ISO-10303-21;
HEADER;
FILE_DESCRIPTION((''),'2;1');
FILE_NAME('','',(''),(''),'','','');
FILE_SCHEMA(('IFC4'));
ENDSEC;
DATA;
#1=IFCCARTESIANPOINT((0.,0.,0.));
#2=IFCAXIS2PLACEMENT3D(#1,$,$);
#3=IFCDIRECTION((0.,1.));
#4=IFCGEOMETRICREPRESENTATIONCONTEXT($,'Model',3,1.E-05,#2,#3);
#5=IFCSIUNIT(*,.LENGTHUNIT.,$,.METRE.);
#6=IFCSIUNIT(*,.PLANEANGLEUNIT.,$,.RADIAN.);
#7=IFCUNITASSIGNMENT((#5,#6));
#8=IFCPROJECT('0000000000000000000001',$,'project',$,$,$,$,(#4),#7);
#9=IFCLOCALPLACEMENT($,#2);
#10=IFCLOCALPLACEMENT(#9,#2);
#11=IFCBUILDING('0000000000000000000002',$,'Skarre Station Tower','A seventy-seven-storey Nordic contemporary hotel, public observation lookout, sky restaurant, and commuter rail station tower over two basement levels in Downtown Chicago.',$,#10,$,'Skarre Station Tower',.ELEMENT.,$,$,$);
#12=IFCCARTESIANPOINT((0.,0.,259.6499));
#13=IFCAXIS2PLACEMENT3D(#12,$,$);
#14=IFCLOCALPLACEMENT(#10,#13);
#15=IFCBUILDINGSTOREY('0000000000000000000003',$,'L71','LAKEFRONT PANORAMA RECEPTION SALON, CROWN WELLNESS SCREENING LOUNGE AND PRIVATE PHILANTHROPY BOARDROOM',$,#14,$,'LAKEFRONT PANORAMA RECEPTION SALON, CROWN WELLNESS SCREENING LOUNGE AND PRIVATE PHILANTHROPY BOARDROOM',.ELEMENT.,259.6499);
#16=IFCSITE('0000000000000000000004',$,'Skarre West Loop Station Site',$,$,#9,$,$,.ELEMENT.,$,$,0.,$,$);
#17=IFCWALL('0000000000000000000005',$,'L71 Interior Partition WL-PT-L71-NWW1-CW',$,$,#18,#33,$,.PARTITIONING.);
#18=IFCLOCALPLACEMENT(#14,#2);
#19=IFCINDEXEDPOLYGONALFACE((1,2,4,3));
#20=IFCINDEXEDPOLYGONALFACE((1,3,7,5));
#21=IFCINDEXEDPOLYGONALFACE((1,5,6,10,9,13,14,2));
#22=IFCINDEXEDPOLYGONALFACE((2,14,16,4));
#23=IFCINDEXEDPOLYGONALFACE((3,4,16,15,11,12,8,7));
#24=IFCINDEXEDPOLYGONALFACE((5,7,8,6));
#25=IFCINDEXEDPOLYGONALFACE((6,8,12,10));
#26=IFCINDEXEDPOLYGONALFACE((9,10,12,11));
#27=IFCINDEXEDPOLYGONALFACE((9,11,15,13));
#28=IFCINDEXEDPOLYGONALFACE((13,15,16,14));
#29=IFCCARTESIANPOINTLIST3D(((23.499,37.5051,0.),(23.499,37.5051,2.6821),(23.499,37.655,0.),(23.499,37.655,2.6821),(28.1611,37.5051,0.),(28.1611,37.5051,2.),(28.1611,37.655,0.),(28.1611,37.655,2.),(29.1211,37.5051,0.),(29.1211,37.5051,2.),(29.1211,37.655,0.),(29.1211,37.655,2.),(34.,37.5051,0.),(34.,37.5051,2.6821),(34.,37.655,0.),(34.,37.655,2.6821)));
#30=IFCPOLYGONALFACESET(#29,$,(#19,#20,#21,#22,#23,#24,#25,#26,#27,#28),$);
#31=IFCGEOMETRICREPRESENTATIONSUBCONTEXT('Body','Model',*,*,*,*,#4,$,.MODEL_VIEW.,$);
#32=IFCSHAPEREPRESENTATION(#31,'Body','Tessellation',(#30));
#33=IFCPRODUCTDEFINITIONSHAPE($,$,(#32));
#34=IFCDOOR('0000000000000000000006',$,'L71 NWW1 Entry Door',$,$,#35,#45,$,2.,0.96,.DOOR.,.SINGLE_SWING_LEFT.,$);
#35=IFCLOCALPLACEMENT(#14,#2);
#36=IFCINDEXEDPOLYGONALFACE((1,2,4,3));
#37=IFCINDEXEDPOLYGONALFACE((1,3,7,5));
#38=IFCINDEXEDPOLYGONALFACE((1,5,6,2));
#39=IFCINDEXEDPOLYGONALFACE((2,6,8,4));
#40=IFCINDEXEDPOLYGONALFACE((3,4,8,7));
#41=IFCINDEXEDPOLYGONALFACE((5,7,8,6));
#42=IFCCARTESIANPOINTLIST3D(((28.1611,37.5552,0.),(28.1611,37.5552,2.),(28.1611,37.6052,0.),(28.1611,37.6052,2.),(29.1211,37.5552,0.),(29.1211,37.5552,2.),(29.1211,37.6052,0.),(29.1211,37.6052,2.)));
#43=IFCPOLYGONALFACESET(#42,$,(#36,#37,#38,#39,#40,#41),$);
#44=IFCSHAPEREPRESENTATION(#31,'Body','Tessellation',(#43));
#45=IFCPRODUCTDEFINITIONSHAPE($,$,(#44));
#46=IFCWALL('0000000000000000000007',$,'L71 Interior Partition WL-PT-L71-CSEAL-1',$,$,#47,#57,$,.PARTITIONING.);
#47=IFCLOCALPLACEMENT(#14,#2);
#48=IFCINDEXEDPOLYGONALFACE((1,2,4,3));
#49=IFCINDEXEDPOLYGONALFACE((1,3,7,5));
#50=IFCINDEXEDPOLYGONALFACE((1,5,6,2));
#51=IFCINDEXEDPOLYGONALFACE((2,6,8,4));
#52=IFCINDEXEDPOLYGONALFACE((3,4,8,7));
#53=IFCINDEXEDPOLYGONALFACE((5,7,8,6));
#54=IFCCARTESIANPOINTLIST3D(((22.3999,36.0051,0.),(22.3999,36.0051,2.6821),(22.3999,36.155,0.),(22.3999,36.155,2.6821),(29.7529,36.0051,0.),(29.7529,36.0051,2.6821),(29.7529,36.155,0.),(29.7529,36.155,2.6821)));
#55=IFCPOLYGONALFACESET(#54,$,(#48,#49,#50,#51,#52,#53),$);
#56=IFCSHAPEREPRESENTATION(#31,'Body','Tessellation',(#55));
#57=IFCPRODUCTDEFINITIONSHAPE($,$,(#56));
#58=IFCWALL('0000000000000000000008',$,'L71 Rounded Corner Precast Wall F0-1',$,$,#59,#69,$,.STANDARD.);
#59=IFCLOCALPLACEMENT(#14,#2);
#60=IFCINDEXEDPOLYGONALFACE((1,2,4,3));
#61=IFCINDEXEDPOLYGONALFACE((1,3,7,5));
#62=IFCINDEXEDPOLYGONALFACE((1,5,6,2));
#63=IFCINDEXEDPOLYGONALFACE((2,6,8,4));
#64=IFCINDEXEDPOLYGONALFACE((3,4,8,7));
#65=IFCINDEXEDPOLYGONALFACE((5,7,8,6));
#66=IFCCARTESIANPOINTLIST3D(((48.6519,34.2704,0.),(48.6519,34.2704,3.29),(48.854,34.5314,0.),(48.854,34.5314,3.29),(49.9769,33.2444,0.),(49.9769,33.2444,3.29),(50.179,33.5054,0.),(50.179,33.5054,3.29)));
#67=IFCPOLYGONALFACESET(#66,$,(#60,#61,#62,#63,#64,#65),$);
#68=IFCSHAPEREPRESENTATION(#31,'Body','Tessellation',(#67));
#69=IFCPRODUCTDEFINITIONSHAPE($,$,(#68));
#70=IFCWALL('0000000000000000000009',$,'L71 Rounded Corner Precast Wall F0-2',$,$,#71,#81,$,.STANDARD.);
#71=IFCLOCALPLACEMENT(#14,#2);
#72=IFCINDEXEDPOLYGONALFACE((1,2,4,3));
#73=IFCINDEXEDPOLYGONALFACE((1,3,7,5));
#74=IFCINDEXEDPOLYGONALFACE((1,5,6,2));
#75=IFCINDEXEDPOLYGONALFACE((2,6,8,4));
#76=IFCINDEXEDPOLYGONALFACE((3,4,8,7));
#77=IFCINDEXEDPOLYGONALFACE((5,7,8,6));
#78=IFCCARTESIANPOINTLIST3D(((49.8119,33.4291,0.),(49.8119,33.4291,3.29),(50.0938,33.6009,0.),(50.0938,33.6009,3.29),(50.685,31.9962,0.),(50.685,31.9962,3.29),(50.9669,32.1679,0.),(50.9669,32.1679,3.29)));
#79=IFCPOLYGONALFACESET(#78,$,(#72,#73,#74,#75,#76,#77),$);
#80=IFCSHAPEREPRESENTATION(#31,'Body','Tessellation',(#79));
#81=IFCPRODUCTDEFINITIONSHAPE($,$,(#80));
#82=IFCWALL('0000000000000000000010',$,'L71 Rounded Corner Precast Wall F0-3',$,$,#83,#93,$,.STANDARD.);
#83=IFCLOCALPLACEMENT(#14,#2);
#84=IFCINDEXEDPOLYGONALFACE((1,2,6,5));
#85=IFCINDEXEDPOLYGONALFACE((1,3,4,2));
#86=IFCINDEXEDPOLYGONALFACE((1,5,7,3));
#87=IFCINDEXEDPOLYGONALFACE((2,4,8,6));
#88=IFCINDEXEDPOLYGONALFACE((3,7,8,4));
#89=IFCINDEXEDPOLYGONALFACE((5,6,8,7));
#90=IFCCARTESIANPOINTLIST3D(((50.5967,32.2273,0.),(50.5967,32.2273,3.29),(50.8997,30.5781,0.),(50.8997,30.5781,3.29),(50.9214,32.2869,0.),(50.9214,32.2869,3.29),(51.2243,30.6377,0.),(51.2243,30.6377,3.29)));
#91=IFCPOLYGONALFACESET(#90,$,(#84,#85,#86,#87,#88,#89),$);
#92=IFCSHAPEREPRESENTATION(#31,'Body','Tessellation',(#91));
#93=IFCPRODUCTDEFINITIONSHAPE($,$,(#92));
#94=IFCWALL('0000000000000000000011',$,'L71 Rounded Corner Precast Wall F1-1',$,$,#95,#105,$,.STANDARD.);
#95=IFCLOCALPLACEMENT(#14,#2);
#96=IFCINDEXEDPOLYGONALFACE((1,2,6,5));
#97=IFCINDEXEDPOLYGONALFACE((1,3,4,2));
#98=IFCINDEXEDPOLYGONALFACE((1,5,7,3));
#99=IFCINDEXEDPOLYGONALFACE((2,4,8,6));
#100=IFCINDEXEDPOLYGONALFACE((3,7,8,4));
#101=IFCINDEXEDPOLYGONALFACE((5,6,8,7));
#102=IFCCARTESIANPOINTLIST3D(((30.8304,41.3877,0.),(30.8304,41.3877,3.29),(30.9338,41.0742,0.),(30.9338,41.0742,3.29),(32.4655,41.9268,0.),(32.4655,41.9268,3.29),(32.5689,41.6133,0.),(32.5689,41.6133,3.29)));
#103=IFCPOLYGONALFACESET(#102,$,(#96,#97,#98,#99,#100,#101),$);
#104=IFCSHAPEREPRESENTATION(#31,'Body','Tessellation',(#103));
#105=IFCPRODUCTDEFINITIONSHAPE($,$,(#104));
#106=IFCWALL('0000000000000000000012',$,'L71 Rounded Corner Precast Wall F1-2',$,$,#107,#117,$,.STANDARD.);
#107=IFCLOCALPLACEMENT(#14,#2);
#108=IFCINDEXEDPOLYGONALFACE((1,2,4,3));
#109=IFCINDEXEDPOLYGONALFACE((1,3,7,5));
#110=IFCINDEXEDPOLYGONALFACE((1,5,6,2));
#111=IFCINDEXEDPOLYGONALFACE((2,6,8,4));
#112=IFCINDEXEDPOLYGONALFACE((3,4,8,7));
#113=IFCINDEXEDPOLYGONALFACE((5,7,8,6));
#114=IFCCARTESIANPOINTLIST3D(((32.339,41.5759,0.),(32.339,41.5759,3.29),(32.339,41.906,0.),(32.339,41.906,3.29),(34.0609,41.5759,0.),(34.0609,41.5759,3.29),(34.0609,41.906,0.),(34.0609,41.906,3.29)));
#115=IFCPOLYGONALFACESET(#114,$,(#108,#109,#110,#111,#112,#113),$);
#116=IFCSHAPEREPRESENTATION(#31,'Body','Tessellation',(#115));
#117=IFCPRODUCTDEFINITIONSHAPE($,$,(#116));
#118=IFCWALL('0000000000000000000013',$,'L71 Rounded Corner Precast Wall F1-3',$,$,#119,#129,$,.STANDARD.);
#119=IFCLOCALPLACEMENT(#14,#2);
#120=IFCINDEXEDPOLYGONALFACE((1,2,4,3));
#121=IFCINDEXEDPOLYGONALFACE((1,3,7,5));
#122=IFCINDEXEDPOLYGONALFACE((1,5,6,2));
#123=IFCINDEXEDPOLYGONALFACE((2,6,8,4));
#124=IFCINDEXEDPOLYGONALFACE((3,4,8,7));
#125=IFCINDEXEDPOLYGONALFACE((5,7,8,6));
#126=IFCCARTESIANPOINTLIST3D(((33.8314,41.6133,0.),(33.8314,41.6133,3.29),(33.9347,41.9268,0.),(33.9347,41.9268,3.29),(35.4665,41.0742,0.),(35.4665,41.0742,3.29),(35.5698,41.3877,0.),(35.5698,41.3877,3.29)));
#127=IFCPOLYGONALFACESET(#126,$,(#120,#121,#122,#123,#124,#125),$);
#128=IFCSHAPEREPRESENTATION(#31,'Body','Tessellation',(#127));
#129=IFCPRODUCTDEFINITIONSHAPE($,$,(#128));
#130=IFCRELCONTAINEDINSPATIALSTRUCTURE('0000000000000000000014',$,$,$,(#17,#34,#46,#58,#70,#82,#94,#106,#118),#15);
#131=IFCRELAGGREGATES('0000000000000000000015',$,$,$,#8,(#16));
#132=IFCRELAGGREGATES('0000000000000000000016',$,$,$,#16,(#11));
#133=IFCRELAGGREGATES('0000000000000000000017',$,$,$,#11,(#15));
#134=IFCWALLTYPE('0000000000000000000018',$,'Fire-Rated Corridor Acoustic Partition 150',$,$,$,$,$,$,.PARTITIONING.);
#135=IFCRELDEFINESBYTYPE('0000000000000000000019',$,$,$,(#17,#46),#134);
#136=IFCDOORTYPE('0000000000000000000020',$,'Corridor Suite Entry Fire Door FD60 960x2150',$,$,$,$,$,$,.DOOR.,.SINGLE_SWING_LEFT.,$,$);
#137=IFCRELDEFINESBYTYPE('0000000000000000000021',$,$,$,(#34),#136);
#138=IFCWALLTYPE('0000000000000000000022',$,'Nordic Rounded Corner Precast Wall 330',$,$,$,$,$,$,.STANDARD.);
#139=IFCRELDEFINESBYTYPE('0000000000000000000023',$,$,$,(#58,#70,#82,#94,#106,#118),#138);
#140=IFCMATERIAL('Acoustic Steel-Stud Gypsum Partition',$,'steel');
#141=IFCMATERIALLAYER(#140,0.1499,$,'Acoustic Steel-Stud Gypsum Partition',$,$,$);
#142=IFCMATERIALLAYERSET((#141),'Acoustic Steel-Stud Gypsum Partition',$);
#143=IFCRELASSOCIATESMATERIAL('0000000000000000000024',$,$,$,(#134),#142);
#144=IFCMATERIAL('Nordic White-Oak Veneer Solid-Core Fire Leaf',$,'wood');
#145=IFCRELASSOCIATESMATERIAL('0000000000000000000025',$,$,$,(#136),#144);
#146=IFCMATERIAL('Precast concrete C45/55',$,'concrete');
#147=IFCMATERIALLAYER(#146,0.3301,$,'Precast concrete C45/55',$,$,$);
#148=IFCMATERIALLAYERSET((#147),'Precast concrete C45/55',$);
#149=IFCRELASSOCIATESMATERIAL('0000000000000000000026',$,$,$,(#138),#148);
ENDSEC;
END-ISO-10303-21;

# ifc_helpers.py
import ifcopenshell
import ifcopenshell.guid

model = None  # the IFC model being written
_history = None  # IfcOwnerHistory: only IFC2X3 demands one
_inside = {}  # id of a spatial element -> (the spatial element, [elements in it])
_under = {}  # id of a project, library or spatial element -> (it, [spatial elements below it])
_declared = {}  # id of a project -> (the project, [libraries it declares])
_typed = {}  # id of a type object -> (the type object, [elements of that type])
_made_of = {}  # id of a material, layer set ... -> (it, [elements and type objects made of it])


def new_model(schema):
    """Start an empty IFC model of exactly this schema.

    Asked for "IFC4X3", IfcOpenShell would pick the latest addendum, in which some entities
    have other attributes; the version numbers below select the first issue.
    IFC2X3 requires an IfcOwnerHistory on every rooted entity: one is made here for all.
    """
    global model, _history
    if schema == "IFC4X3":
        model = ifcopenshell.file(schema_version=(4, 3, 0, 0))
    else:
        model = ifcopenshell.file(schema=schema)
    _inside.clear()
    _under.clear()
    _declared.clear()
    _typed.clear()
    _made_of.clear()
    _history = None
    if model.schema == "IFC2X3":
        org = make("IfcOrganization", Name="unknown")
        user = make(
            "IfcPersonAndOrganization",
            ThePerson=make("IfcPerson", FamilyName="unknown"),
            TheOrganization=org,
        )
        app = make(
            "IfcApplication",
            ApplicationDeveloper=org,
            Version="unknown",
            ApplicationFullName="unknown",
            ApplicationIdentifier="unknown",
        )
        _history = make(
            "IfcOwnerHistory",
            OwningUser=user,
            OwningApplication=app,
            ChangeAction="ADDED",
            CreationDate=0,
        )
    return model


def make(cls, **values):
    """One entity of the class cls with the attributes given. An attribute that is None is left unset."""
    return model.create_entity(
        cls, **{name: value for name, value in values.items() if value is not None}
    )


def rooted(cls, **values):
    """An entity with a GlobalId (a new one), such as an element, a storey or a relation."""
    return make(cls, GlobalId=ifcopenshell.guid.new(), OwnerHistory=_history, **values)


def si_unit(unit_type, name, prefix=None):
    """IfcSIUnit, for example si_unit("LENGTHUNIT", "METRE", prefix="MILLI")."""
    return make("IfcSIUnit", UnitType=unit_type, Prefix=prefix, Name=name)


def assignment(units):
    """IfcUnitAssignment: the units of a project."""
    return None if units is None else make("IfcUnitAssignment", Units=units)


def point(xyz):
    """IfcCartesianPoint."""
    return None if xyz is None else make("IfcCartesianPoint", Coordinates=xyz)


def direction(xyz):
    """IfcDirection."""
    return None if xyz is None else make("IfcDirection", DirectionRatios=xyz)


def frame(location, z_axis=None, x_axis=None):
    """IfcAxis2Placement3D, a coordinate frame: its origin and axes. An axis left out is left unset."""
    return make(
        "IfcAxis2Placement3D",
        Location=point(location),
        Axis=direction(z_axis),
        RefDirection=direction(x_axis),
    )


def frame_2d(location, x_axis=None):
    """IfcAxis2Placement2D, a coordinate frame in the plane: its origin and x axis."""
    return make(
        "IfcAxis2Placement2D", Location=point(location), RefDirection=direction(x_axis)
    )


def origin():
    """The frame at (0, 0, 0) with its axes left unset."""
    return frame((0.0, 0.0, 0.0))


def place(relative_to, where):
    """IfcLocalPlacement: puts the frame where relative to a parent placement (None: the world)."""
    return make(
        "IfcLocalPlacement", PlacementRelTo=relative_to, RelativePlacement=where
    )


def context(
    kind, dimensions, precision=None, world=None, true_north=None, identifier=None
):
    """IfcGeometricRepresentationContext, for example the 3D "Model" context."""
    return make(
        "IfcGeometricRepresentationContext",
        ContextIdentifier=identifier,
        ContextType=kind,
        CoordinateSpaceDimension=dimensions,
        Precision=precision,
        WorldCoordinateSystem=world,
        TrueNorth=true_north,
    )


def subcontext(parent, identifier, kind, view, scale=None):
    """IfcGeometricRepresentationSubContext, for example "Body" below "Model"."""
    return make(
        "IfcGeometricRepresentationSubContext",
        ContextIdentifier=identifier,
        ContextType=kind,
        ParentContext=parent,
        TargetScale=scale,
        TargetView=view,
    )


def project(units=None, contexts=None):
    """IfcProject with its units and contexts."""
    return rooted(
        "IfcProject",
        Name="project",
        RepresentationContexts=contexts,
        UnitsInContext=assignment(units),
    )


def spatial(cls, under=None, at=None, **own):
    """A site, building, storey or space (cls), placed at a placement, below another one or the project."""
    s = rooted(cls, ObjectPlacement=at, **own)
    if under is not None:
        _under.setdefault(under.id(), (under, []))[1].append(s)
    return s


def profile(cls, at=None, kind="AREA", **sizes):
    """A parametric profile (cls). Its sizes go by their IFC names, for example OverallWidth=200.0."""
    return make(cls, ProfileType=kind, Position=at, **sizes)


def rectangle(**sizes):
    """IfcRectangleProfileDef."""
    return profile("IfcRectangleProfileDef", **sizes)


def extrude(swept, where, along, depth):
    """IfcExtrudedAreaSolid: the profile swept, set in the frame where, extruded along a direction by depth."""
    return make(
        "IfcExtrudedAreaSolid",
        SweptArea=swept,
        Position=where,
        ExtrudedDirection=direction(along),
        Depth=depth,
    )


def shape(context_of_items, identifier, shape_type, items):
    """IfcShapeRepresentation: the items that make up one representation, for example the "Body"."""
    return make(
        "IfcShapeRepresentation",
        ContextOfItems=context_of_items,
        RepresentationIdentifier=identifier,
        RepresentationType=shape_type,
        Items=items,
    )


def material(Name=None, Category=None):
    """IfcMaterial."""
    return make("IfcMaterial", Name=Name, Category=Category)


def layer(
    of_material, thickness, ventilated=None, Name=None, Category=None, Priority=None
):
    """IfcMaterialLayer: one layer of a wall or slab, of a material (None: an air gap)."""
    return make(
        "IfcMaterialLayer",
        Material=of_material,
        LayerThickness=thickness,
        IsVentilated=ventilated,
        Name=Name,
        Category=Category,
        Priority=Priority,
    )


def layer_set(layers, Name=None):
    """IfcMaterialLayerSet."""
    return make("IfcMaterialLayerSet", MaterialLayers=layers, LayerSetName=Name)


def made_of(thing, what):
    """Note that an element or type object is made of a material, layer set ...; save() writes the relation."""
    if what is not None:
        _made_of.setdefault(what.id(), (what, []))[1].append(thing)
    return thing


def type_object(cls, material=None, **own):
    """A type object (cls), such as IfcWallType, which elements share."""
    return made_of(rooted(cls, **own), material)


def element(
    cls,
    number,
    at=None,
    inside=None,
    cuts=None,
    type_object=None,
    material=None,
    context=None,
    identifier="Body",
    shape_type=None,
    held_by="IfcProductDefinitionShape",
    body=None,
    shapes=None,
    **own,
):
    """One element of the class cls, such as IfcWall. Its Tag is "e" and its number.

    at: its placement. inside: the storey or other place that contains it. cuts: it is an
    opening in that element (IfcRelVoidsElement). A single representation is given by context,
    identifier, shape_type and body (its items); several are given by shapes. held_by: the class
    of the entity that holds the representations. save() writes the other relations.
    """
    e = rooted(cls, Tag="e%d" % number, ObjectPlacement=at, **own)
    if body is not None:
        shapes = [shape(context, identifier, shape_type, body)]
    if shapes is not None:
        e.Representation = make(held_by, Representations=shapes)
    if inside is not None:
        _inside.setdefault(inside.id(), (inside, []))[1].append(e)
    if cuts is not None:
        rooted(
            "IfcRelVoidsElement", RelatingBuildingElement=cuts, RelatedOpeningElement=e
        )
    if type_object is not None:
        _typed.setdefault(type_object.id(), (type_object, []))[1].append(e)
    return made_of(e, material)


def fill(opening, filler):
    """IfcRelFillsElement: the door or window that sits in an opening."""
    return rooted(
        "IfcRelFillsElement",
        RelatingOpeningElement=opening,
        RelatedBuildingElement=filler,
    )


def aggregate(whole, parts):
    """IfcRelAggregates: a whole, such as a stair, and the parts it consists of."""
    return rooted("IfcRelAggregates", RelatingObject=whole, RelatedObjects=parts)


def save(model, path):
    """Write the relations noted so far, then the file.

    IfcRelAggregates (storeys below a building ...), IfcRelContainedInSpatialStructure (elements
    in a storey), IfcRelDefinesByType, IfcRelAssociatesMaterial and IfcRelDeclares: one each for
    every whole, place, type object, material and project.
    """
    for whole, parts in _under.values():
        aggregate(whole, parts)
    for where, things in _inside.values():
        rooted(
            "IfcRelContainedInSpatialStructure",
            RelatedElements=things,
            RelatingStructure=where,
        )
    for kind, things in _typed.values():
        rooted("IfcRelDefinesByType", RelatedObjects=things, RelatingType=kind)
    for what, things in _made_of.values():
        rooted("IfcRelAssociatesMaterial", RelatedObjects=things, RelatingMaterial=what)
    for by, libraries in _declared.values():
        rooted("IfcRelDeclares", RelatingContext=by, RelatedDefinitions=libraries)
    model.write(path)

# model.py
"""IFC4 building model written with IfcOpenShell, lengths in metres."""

from ifc_helpers import new_model, si_unit, direction, frame, frame_2d, origin, place, context, subcontext, project, spatial, rectangle, extrude, material, layer, layer_set, type_object, element, fill, save


model = new_model("IFC4")

# Units and contexts
model_context = context("Model", 3, precision=1e-05, world=origin(), true_north=direction((0.0, 1.0)))
body_context = subcontext(model_context, "Body", "Model", "MODEL_VIEW")
ifc_project = project(units=[si_unit("LENGTHUNIT", "METRE"), si_unit("PLANEANGLEUNIT", "RADIAN")], contexts=[model_context])

# Site, building, storey
site_placement = place(None, origin())
site = spatial("IfcSite", under=ifc_project, at=site_placement, Name="Skarre West Loop Station Site", CompositionType="ELEMENT", RefElevation=0.0)
building_placement = place(site_placement, origin())
building = spatial("IfcBuilding", under=site, at=building_placement, Name="Skarre Station Tower", Description="A seventy-seven-storey Nordic contemporary hotel, public observation lookout, sky restaurant, and commuter rail station tower over two basement levels in Downtown Chicago.", LongName="Skarre Station Tower", CompositionType="ELEMENT")
storey_placement = place(building_placement, frame((0.0, 0.0, 259.6499)))
storey = spatial("IfcBuildingStorey", under=building, at=storey_placement, Name="L71", Description="LAKEFRONT PANORAMA RECEPTION SALON, CROWN WELLNESS SCREENING LOUNGE AND PRIVATE PHILANTHROPY BOARDROOM", LongName="LAKEFRONT PANORAMA RECEPTION SALON, CROWN WELLNESS SCREENING LOUNGE AND PRIVATE PHILANTHROPY BOARDROOM", CompositionType="ELEMENT", Elevation=259.6499)

# Wall, opening, door
ifc_material_1 = material(Name="Acoustic Steel-Stud Gypsum Partition", Category="steel")
ifc_layer_1 = layer(ifc_material_1, 0.1499, Name="Acoustic Steel-Stud Gypsum Partition")
ifc_layer_set_1 = layer_set([ifc_layer_1], Name="Acoustic Steel-Stud Gypsum Partition")
wall_type_1 = type_object("IfcWallType", Name="Fire-Rated Corridor Acoustic Partition 150", PredefinedType="PARTITIONING", material=ifc_layer_set_1)
wall_1_placement = place(storey_placement, frame((34.0, 37.5801, 0.0), z_axis=(0.0, 0.0, 1.0), x_axis=(-1.0, 0.0, 0.0)))
wall_1 = element("IfcWall", 1, at=wall_1_placement, inside=storey, type_object=wall_type_1, Name="L71 Interior Partition WL-PT-L71-NWW1-CW", PredefinedType="PARTITIONING", context=body_context, shape_type="SweptSolid", body=[
    extrude(rectangle(XDim=10.501, YDim=0.1499, at=frame_2d((5.2505, 0.0))), origin(), (0.0, 0.0, 1.0), 2.6821),
])
opening_1_placement = place(wall_1_placement, frame((4.8789, 0.0, 0.0)))
opening_1 = element("IfcOpeningElement", 2, at=opening_1_placement, cuts=wall_1, PredefinedType="OPENING", context=body_context, shape_type="SweptSolid", body=[
    extrude(rectangle(XDim=0.96, YDim=2.0, at=frame_2d((0.48, 1.0))), frame((0.0, 0.085, 0.0), z_axis=(0.0, -1.0, 0.0), x_axis=(1.0, 0.0, 0.0)), (0.0, 0.0, 1.0), 0.1699),
])
ifc_material_2 = material(Name="Nordic White-Oak Veneer Solid-Core Fire Leaf", Category="wood")
door_type = type_object("IfcDoorType", Name="Corridor Suite Entry Fire Door FD60 960x2150", OperationType="SINGLE_SWING_LEFT", PredefinedType="DOOR", material=ifc_material_2)
door_placement = place(opening_1_placement, origin())
door = element("IfcDoor", 3, at=door_placement, inside=storey, type_object=door_type, Name="L71 NWW1 Entry Door", OperationType="SINGLE_SWING_LEFT", OverallHeight=2.0, OverallWidth=0.96, PredefinedType="DOOR", context=body_context, shape_type="SweptSolid", body=[
    extrude(rectangle(XDim=0.96, YDim=2.0, at=frame_2d((0.48, 1.0))), frame((0.0, 0.0249, 0.0), z_axis=(0.0, -1.0, 0.0), x_axis=(1.0, 0.0, 0.0)), (0.0, 0.0, 1.0), 0.05),
])
fill(opening_1, door)

# Walls
wall_2_placement = place(storey_placement, frame((29.7529, 36.0801, 0.0), z_axis=(0.0, 0.0, 1.0), x_axis=(-1.0, 0.0, 0.0)))
element("IfcWall", 4, at=wall_2_placement, inside=storey, type_object=wall_type_1, Name="L71 Interior Partition WL-PT-L71-CSEAL-1", PredefinedType="PARTITIONING", context=body_context, shape_type="SweptSolid", body=[
    extrude(rectangle(XDim=7.353, YDim=0.1499, at=frame_2d((3.6765, 0.0))), origin(), (0.0, 0.0, 1.0), 2.6821),
])
ifc_material_3 = material(Name="Precast concrete C45/55", Category="concrete")
ifc_layer_2 = layer(ifc_material_3, 0.3301, Name="Precast concrete C45/55")
ifc_layer_set_2 = layer_set([ifc_layer_2], Name="Precast concrete C45/55")
wall_type_2 = type_object("IfcWallType", Name="Nordic Rounded Corner Precast Wall 330", PredefinedType="STANDARD", material=ifc_layer_set_2)
wall_3_placement = place(storey_placement, frame((48.7529, 34.4009, 0.0), z_axis=(0.0, 0.0, 1.0), x_axis=(0.790692, -0.612214, 0.0)))
element("IfcWall", 5, at=wall_3_placement, inside=storey, type_object=wall_type_2, Name="L71 Rounded Corner Precast Wall F0-1", PredefinedType="STANDARD", context=body_context, shape_type="SweptSolid", body=[
    extrude(rectangle(XDim=1.6758, YDim=0.3301, at=frame_2d((0.8379, 0.0))), origin(), (0.0, 0.0, 1.0), 3.29),
])
wall_4_placement = place(storey_placement, frame((49.9529, 33.5149, 0.0), z_axis=(0.0, 0.0, 1.0), x_axis=(0.520325, -0.853968, 0.0)))
element("IfcWall", 6, at=wall_4_placement, inside=storey, type_object=wall_type_2, Name="L71 Rounded Corner Precast Wall F0-2", PredefinedType="STANDARD", context=body_context, shape_type="SweptSolid", body=[
    extrude(rectangle(XDim=1.678, YDim=0.3301, at=frame_2d((0.8389, 0.0))), origin(), (0.0, 0.0, 1.0), 3.29),
])
wall_5_placement = place(storey_placement, frame((50.759, 32.2571, 0.0), z_axis=(0.0, 0.0, 1.0), x_axis=(0.180692, -0.98354, 0.0)))
element("IfcWall", 7, at=wall_5_placement, inside=storey, type_object=wall_type_2, Name="L71 Rounded Corner Precast Wall F0-3", PredefinedType="STANDARD", context=body_context, shape_type="SweptSolid", body=[
    extrude(rectangle(XDim=1.6768, YDim=0.3301, at=frame_2d((0.8384, 0.0))), origin(), (0.0, 0.0, 1.0), 3.29),
])
wall_6_placement = place(storey_placement, frame((30.8821, 41.231, 0.0), z_axis=(0.0, 0.0, 1.0), x_axis=(0.949713, 0.31312, 0.0)))
element("IfcWall", 8, at=wall_6_placement, inside=storey, type_object=wall_type_2, Name="L71 Rounded Corner Precast Wall F1-1", PredefinedType="STANDARD", context=body_context, shape_type="SweptSolid", body=[
    extrude(rectangle(XDim=1.7217, YDim=0.3301, at=frame_2d((0.8608, 0.0))), origin(), (0.0, 0.0, 1.0), 3.29),
])
wall_7_placement = place(storey_placement, frame((32.3391, 41.741, 0.0), z_axis=(0.0, 0.0, 1.0), x_axis=(1.0, 0.0, 0.0)))
element("IfcWall", 9, at=wall_7_placement, inside=storey, type_object=wall_type_2, Name="L71 Rounded Corner Precast Wall F1-2", PredefinedType="STANDARD", context=body_context, shape_type="SweptSolid", body=[
    extrude(rectangle(XDim=1.7219, YDim=0.3301, at=frame_2d((0.8608, 0.0))), origin(), (0.0, 0.0, 1.0), 3.29),
])
wall_8_placement = place(storey_placement, frame((33.8831, 41.77, 0.0), z_axis=(0.0, 0.0, 1.0), x_axis=(0.949713, -0.31312, 0.0)))
element("IfcWall", 10, at=wall_8_placement, inside=storey, type_object=wall_type_2, Name="L71 Rounded Corner Precast Wall F1-3", PredefinedType="STANDARD", context=body_context, shape_type="SweptSolid", body=[
    extrude(rectangle(XDim=1.7217, YDim=0.3301, at=frame_2d((0.8608, 0.0))), origin(), (0.0, 0.0, 1.0), 3.29),
])

save(model, "model.ifc")
